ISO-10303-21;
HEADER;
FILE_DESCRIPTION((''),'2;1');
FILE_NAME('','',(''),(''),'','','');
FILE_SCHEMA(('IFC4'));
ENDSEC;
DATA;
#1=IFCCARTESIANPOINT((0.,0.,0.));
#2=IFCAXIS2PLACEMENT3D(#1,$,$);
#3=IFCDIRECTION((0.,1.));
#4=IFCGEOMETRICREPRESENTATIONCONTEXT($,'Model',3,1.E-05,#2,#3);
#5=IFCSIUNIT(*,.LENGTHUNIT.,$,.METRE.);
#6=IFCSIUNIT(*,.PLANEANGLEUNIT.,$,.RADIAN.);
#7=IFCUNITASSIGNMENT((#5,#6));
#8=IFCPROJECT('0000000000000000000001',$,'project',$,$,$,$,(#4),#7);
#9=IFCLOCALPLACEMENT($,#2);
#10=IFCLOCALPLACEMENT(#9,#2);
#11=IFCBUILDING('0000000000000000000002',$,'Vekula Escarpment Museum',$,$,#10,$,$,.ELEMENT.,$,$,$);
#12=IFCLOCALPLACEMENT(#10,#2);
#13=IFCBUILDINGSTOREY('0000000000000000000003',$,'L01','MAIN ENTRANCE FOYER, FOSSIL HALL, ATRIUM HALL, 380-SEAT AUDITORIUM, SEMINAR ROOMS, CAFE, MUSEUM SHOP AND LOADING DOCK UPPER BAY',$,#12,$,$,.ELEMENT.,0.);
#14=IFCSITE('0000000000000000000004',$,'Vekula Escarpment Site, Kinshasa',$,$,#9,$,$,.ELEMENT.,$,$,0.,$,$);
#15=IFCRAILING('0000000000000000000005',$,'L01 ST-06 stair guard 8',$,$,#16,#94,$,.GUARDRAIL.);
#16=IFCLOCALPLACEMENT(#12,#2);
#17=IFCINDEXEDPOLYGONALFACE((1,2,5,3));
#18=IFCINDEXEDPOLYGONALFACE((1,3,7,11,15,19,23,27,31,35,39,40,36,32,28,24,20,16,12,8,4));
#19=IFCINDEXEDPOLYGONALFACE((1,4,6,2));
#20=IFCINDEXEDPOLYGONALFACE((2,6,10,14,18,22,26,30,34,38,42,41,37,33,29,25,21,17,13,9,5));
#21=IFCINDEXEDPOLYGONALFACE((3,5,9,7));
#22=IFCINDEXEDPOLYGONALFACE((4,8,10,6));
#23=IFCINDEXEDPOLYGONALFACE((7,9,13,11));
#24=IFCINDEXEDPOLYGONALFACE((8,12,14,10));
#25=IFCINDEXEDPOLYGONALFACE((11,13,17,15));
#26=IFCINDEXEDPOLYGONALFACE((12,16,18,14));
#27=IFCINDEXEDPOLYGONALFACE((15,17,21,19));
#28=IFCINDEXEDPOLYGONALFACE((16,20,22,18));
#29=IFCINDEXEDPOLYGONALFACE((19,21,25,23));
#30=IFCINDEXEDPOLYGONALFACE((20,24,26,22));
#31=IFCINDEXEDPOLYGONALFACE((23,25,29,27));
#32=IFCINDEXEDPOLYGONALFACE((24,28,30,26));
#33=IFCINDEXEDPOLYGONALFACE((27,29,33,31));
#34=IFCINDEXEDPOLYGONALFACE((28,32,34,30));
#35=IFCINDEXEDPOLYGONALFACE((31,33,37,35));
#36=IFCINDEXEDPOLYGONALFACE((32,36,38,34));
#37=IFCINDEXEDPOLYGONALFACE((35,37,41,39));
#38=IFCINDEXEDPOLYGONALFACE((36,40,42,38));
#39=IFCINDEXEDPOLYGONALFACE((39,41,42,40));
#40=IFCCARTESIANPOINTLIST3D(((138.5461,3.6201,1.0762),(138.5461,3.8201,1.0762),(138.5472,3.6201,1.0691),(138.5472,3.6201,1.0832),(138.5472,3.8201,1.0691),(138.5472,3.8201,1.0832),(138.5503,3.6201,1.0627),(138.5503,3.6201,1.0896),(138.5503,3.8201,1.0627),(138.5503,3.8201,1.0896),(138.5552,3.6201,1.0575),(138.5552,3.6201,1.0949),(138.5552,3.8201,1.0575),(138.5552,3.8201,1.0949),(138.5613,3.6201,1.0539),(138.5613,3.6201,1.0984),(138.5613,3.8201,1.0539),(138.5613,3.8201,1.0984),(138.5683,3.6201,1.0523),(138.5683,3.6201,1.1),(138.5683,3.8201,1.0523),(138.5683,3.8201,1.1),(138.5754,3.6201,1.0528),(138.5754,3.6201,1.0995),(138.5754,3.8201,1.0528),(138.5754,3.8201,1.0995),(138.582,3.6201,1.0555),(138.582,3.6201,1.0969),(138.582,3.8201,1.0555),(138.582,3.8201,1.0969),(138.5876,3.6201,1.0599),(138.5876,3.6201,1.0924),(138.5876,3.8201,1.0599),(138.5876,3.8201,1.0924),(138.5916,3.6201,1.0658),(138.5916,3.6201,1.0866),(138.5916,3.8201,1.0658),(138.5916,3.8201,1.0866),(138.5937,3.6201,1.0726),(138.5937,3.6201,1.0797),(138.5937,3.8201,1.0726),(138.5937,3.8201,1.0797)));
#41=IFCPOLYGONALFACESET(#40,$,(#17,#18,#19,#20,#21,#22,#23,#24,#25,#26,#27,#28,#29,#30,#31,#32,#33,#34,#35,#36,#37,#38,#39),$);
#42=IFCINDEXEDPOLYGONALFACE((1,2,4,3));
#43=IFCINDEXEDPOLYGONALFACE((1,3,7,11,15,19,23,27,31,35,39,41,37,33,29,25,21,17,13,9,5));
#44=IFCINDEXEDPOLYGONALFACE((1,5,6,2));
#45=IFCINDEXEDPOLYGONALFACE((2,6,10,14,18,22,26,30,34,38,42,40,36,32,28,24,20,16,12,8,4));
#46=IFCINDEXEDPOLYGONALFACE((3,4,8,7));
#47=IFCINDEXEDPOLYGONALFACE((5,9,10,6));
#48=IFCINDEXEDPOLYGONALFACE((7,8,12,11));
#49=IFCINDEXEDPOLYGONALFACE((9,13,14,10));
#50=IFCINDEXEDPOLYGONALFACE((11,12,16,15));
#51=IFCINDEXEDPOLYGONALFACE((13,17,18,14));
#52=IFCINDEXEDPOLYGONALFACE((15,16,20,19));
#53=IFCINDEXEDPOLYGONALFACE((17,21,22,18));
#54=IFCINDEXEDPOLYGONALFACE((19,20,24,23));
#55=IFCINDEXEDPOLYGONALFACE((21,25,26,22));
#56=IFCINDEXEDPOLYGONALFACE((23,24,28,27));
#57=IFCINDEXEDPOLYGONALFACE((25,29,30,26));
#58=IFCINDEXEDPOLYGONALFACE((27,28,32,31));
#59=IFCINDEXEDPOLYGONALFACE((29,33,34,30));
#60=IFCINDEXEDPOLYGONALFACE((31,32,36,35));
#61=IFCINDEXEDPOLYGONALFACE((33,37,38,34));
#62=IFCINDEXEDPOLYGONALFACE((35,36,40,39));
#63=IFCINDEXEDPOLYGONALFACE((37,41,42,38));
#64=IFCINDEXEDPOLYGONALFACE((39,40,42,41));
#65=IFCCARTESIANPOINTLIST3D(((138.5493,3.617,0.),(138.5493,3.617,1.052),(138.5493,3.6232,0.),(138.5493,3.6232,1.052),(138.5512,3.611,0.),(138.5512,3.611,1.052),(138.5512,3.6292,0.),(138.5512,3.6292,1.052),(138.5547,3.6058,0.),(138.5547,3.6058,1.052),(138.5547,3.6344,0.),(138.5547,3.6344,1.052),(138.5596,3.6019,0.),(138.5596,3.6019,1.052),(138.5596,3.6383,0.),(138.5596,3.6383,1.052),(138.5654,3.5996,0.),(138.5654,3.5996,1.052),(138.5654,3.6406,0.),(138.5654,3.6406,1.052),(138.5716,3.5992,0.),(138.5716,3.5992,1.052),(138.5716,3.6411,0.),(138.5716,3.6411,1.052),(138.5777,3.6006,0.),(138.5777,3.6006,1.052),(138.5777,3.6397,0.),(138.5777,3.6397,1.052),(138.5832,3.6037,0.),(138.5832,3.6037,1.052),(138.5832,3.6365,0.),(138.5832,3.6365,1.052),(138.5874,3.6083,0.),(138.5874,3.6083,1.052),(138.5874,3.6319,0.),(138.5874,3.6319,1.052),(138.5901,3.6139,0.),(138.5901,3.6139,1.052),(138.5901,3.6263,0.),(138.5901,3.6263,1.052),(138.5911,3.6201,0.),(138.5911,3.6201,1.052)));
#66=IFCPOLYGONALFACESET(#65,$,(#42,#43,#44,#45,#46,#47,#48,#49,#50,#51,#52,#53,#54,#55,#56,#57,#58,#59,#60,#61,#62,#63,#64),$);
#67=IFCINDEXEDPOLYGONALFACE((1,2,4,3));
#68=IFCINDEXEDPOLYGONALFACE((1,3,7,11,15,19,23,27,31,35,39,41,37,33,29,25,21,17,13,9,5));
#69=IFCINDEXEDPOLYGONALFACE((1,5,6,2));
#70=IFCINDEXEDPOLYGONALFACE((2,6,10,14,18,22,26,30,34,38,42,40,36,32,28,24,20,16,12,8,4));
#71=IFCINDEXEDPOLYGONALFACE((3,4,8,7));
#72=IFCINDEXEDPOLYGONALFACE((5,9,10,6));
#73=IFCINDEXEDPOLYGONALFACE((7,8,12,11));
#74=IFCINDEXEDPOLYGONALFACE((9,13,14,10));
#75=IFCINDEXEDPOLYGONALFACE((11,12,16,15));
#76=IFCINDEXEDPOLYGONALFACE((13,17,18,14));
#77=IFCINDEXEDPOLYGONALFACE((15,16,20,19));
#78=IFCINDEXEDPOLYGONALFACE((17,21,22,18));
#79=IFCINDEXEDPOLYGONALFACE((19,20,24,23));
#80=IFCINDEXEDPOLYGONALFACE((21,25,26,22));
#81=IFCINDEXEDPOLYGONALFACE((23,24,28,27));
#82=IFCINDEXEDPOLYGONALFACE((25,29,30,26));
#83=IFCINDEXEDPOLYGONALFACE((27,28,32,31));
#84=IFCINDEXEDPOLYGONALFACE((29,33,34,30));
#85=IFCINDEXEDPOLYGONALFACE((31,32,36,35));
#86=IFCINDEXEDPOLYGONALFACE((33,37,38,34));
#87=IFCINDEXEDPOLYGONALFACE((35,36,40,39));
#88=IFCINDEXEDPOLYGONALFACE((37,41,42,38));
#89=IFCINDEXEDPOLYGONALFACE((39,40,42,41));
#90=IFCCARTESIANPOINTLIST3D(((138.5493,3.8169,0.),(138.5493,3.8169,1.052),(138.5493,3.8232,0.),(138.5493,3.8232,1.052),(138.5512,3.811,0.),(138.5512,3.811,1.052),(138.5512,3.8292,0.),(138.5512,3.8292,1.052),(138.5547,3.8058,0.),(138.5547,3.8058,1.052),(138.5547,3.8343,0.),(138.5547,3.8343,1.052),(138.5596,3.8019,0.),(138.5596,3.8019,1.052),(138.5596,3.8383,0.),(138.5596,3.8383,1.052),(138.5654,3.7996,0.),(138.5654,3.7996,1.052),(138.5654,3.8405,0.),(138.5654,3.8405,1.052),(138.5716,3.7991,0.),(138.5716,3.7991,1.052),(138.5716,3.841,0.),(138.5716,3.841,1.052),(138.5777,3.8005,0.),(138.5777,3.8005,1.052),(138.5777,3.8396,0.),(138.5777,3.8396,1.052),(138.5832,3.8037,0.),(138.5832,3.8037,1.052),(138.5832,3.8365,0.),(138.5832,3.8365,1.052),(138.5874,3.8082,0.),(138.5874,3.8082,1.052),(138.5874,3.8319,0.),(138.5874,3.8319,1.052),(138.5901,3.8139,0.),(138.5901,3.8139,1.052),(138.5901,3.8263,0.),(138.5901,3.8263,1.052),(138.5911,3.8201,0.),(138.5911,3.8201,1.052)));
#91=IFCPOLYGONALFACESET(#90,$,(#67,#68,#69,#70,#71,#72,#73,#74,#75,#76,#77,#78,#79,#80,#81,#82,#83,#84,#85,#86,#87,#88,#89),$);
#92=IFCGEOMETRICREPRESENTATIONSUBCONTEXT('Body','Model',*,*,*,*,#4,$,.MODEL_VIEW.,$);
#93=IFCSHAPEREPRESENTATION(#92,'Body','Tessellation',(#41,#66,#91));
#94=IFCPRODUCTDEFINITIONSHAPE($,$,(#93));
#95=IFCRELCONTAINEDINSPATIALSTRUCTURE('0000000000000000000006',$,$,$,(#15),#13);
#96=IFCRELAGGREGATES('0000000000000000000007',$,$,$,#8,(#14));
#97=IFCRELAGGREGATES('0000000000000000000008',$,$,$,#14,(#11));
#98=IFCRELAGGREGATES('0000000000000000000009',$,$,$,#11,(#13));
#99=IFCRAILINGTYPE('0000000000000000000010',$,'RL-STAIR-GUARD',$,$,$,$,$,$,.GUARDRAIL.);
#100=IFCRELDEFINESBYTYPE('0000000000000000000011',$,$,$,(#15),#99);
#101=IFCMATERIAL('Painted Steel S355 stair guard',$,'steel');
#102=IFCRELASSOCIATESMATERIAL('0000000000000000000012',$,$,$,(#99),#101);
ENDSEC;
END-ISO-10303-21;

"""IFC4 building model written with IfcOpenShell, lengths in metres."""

from ifc_helpers import new_model, si_unit, direction, frame, origin, origin_2d, place, context, subcontext, project, spatial, circle, extrude, material, type_object, element, save


model = new_model("IFC4")

# Units and contexts
model_context = context("Model", 3, precision=1e-05, world=origin(), true_north=direction((0.0, 1.0)))
body_context = subcontext(model_context, "Body", "Model", "MODEL_VIEW")
ifc_project = project(units=[si_unit("LENGTHUNIT", "METRE"), si_unit("PLANEANGLEUNIT", "RADIAN")], contexts=[model_context])

# Site, building, storey
site_placement = place(None, origin())
site = spatial("IfcSite", under=ifc_project, at=site_placement, Name="Vekula Escarpment Site, Kinshasa", CompositionType="ELEMENT", RefElevation=0.0)
building_placement = place(site_placement, origin())
building = spatial("IfcBuilding", under=site, at=building_placement, Name="Vekula Escarpment Museum", CompositionType="ELEMENT")
storey_placement = place(building_placement, origin())
storey = spatial("IfcBuildingStorey", under=building, at=storey_placement, Name="L01", Description="MAIN ENTRANCE FOYER, FOSSIL HALL, ATRIUM HALL, 380-SEAT AUDITORIUM, SEMINAR ROOMS, CAFE, MUSEUM SHOP AND LOADING DOCK UPPER BAY", CompositionType="ELEMENT", Elevation=0.0)

# Railing
ifc_material_1 = material(Name="Painted Steel S355 stair guard", Category="steel")
railing_type_1 = type_object("IfcRailingType", Name="RL-STAIR-GUARD", PredefinedType="GUARDRAIL", material=ifc_material_1)
railing_1_placement = place(storey_placement, frame((138.5701, 3.6201, 0.0)))
element("IfcRailing", 1, at=railing_1_placement, inside=storey, type_object=railing_type_1, Name="L01 ST-06 stair guard 8", PredefinedType="GUARDRAIL", context=body_context, shape_type="SweptSolid", body=[
    extrude(circle(Radius=0.0239, at=origin_2d()), frame((0.0, 0.0, 1.0762), z_axis=(0.0, 1.0, 0.0), x_axis=(-1.0, 0.0, 0.0)), (0.0, 0.0, 1.0), 0.2),
    extrude(circle(Radius=0.021, at=origin_2d()), origin(), (0.0, 0.0, 1.0), 1.052),
    extrude(circle(Radius=0.021, at=origin_2d()), frame((0.0, 0.2, 0.0)), (0.0, 0.0, 1.0), 1.052),
])

save(model, "model.ifc")
